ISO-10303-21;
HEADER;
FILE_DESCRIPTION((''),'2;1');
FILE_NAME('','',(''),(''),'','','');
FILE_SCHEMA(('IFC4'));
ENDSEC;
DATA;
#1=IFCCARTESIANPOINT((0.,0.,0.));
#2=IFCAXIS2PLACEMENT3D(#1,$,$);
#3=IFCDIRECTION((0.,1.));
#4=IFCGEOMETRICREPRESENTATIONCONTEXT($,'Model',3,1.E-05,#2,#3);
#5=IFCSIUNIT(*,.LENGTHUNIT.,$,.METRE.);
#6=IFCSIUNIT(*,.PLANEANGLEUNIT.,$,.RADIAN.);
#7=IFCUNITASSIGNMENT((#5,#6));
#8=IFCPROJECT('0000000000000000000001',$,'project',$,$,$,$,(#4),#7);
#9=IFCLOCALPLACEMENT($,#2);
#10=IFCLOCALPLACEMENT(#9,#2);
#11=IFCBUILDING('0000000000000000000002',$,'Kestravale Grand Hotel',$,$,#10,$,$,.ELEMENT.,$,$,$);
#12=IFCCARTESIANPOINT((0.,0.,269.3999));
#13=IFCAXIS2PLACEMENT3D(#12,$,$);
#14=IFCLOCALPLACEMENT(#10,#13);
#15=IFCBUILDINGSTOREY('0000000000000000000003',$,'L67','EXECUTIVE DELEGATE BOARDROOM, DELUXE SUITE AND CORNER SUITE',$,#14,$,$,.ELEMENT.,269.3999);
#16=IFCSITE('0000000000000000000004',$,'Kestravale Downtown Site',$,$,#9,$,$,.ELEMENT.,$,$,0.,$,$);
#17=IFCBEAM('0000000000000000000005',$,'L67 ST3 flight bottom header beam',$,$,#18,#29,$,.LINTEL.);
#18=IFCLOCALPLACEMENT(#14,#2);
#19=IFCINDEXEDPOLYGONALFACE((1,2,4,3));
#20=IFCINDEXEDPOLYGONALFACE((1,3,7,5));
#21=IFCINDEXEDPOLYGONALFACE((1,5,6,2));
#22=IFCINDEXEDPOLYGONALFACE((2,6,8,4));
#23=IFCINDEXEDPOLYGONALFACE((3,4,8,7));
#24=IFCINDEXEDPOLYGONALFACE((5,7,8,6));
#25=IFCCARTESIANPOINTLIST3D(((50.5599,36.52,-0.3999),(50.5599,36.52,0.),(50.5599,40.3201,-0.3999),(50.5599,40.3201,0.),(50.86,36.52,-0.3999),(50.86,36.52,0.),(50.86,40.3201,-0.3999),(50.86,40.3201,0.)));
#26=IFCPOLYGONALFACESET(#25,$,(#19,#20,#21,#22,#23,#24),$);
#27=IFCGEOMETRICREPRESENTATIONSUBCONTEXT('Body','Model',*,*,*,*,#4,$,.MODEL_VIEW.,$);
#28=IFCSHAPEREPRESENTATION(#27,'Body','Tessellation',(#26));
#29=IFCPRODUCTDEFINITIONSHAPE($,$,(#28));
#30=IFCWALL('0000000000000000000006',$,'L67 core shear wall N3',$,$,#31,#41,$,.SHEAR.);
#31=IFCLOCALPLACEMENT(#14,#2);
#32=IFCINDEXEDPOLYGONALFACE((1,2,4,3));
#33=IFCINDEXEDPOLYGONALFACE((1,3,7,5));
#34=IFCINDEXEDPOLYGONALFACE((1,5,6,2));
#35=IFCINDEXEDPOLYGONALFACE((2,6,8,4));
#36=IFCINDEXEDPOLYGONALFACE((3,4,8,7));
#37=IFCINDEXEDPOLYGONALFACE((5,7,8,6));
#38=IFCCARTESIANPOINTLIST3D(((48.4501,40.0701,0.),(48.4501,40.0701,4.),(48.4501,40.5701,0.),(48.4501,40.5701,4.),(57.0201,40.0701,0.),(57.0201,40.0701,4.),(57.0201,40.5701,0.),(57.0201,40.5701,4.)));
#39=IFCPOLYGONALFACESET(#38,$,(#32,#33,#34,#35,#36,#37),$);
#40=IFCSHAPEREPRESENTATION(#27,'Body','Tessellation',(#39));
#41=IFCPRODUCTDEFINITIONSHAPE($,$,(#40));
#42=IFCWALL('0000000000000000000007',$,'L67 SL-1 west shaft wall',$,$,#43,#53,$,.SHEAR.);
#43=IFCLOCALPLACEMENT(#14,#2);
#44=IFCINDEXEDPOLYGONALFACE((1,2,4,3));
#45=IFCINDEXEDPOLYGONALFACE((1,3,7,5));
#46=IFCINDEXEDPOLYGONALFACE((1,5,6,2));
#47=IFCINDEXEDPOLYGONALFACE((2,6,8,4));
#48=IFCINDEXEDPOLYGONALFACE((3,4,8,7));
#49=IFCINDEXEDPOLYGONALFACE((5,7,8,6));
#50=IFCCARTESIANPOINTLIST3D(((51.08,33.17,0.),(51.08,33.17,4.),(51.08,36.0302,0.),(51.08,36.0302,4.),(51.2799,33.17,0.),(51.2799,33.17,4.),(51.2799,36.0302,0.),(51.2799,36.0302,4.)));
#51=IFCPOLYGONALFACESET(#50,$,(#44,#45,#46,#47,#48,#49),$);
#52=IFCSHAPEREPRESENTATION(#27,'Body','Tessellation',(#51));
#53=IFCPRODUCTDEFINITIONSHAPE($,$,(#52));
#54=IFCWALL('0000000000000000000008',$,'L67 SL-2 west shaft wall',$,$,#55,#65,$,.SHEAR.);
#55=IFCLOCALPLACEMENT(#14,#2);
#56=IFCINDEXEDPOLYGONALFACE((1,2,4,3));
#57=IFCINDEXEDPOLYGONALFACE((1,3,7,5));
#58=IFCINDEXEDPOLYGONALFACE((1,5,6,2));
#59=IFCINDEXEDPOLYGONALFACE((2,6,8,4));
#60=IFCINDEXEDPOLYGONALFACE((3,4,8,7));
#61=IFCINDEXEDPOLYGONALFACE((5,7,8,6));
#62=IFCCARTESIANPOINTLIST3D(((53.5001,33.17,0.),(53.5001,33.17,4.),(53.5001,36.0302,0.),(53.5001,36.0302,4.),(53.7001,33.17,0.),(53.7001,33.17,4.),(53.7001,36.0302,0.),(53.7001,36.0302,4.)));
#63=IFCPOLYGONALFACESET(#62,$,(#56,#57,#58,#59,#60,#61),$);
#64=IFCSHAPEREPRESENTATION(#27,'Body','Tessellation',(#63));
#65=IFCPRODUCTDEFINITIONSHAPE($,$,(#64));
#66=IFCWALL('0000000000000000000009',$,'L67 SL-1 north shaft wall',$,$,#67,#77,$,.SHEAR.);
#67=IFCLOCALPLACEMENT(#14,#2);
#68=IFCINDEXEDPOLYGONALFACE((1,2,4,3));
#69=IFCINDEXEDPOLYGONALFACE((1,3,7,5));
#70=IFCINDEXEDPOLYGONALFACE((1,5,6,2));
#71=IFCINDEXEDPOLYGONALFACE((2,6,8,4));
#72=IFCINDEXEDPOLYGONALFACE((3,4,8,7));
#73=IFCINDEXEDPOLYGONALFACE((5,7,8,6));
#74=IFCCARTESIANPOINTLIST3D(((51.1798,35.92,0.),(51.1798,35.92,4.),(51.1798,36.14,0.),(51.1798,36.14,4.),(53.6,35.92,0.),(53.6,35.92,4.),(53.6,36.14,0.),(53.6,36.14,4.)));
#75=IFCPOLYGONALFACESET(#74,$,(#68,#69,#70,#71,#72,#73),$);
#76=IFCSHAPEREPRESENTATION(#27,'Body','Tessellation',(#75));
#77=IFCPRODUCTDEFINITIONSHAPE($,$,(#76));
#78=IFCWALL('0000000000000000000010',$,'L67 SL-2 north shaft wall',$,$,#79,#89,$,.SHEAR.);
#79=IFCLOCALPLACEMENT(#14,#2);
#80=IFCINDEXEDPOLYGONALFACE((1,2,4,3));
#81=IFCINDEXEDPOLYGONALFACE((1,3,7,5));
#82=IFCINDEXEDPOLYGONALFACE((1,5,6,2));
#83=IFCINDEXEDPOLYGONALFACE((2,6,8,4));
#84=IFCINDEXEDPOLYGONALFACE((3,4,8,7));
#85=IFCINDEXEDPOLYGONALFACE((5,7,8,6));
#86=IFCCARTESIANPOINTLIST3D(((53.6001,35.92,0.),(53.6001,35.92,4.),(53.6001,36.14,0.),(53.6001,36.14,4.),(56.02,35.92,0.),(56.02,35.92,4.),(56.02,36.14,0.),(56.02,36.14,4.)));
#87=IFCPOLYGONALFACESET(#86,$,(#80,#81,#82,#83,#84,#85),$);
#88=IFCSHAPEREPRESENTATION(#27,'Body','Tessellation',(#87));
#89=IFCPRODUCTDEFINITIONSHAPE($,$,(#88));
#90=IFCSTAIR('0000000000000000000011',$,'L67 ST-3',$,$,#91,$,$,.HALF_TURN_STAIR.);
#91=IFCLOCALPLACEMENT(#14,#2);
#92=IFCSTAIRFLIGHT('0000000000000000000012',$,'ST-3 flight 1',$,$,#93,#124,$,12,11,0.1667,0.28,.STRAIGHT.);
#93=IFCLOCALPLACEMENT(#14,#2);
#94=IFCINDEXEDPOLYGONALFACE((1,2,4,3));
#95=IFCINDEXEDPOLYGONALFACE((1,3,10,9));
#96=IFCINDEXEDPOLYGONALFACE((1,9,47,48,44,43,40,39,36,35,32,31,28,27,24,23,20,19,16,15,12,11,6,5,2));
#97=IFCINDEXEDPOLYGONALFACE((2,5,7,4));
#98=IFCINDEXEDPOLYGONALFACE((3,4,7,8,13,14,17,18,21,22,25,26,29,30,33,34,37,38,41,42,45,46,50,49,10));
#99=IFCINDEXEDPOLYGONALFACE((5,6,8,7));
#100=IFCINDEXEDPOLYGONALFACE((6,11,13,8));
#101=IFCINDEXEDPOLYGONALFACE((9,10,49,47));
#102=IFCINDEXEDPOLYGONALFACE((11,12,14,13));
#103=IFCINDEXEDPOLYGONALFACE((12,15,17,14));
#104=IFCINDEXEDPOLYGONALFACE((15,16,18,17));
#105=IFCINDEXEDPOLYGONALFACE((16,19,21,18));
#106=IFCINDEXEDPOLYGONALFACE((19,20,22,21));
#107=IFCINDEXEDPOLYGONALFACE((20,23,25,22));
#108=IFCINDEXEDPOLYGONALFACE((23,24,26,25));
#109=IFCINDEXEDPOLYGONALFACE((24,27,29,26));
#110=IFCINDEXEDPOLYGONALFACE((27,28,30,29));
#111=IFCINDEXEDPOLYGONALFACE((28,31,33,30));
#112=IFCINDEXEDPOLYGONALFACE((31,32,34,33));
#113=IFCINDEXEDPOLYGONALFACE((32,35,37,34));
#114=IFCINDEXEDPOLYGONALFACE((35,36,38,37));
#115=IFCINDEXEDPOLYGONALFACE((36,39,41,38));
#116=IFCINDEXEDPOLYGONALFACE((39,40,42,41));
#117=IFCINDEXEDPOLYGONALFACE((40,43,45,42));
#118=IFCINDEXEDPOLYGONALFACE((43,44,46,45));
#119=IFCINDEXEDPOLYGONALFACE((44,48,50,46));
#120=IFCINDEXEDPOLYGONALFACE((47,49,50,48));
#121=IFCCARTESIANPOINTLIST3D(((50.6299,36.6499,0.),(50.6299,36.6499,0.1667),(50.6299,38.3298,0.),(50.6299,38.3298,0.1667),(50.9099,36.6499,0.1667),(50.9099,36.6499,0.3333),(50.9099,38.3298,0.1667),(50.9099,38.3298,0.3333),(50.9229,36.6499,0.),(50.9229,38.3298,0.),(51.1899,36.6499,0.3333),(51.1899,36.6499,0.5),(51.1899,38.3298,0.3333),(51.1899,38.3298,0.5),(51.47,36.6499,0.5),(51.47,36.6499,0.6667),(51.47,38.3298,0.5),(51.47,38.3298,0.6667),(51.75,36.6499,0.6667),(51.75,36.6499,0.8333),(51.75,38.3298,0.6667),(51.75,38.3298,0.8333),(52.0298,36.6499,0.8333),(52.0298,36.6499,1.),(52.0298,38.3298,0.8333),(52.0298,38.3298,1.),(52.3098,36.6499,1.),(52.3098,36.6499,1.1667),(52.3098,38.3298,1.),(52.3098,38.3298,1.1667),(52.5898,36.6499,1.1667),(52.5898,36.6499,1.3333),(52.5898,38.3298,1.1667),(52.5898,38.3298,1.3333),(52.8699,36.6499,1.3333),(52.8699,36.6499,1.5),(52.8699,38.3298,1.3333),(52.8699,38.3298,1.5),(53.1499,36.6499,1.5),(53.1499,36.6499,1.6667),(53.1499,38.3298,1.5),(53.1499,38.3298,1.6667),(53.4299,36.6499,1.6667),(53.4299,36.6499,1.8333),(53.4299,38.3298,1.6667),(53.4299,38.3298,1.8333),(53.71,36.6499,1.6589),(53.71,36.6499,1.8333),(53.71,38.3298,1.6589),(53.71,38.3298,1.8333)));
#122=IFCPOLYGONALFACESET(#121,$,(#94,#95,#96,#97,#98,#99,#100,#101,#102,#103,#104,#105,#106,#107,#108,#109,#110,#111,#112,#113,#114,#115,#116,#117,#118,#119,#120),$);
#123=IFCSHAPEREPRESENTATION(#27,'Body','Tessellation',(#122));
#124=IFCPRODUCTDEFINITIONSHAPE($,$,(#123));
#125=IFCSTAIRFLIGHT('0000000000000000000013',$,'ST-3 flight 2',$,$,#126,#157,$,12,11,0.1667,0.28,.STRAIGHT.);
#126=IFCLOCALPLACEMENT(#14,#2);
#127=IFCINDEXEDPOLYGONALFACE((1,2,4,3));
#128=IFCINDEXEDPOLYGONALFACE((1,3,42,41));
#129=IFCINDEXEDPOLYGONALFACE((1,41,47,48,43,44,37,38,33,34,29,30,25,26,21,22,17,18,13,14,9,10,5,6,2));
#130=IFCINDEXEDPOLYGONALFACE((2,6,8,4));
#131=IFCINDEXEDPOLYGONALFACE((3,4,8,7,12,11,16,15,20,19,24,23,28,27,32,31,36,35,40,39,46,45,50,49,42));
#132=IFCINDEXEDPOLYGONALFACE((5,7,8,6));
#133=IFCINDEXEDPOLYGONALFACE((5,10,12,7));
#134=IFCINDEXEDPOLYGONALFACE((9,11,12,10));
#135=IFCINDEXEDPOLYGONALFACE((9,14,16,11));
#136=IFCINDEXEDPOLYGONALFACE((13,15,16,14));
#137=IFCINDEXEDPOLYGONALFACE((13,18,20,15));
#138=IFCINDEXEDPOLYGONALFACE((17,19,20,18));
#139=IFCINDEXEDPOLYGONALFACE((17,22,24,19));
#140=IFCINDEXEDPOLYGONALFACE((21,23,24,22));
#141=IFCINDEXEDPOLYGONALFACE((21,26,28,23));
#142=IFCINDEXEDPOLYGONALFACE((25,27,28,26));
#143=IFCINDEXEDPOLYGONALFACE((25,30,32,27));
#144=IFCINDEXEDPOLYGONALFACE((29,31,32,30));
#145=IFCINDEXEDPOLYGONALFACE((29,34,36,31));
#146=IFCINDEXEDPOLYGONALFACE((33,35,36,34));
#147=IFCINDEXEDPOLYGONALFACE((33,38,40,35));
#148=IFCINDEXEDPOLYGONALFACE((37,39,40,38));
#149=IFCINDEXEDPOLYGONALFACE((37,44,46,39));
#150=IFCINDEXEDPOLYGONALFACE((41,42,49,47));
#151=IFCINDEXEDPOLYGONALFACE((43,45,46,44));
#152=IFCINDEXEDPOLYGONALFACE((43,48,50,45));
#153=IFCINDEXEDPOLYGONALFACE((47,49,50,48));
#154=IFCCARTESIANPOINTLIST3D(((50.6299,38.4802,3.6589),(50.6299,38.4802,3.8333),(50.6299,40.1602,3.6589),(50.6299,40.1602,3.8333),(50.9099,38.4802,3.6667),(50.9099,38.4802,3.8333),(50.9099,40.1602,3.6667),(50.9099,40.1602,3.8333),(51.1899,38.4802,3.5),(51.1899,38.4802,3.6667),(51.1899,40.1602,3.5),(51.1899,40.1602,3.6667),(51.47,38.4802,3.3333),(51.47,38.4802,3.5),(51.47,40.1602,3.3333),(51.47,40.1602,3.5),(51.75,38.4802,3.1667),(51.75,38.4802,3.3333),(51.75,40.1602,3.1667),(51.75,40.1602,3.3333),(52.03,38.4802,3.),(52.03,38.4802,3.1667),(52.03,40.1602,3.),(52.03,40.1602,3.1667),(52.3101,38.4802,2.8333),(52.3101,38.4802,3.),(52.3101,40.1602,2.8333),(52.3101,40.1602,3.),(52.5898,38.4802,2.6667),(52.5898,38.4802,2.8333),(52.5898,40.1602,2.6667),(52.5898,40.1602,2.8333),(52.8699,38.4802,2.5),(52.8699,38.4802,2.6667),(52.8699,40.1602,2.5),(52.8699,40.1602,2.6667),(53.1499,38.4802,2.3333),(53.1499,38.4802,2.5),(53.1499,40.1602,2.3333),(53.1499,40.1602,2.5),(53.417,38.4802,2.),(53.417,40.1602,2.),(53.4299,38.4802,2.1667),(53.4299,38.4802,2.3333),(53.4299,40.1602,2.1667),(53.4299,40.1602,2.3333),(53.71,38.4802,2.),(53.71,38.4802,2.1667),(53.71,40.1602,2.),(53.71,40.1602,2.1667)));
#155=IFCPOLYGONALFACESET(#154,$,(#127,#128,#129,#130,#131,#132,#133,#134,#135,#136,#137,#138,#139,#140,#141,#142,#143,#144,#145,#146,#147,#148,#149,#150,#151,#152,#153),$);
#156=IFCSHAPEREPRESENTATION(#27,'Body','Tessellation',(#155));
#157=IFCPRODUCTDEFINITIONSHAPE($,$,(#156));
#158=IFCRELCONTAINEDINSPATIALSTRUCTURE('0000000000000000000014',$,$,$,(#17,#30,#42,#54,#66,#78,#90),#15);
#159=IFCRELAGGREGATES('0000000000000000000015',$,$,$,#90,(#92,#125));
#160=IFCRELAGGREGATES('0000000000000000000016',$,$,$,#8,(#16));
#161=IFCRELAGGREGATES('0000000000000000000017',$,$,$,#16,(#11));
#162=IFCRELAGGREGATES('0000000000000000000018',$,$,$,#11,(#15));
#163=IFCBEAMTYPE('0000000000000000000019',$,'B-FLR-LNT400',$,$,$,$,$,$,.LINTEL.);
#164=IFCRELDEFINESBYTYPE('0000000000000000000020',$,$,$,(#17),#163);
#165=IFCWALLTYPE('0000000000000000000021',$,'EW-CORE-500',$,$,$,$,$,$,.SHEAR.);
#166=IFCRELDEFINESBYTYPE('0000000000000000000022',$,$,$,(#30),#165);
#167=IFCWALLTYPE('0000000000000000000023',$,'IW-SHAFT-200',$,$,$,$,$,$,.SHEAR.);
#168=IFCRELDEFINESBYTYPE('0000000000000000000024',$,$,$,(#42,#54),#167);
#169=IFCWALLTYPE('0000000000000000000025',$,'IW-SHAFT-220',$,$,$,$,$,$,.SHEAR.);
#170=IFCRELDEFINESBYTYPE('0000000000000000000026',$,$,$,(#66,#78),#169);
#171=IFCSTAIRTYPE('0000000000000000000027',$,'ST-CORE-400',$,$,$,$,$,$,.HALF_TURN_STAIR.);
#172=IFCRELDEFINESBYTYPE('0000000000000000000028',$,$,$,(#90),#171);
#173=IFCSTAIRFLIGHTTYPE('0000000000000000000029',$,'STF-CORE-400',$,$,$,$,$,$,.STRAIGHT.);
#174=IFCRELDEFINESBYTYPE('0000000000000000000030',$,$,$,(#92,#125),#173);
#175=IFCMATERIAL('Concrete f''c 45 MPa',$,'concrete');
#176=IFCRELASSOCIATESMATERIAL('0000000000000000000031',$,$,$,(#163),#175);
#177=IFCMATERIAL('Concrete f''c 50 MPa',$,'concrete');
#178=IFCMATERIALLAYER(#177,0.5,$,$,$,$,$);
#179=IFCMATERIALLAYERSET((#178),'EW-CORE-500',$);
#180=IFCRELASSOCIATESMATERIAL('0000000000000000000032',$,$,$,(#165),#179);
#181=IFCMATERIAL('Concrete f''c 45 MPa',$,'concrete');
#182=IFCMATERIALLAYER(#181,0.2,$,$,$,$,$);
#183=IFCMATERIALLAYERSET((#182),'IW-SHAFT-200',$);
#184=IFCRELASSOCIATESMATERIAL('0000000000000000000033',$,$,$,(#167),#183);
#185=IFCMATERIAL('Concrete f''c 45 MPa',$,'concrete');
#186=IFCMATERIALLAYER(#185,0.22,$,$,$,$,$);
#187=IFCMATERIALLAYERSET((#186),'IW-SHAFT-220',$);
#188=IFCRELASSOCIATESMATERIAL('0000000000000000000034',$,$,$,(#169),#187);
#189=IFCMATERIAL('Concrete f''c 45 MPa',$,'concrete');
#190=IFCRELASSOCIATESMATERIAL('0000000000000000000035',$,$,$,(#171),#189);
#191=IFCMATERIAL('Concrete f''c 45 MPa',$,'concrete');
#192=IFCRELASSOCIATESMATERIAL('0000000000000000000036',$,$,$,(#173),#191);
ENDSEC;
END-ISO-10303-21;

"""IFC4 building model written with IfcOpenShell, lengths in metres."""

from ifc_helpers import new_model, si_unit, direction, frame, frame_2d, origin, origin_2d, place, context, subcontext, project, spatial, polyline, rectangle, outline, extrude, material, layer, layer_set, material_profile, profile_set, type_object, element, aggregate, save


model = new_model("IFC4")

# Units and contexts
model_context = context("Model", 3, precision=1e-05, world=origin(), true_north=direction((0.0, 1.0)))
body_context = subcontext(model_context, "Body", "Model", "MODEL_VIEW")
ifc_project = project(units=[si_unit("LENGTHUNIT", "METRE"), si_unit("PLANEANGLEUNIT", "RADIAN")], contexts=[model_context])

# Site, building, storey
site_placement = place(None, origin())
site = spatial("IfcSite", under=ifc_project, at=site_placement, Name="Kestravale Downtown Site", CompositionType="ELEMENT", RefElevation=0.0)
building_placement = place(site_placement, origin())
building = spatial("IfcBuilding", under=site, at=building_placement, Name="Kestravale Grand Hotel", CompositionType="ELEMENT")
storey_placement = place(building_placement, frame((0.0, 0.0, 269.3999)))
storey = spatial("IfcBuildingStorey", under=building, at=storey_placement, Name="L67", Description="EXECUTIVE DELEGATE BOARDROOM, DELUXE SUITE AND CORNER SUITE", CompositionType="ELEMENT", Elevation=269.3999)

# Beam
ifc_material_1 = material(Name="Concrete f'c 45 MPa", Category="concrete")
ifc_material_profile = material_profile(ifc_material_1, rectangle(XDim=0.3, YDim=0.3999, at=origin_2d()))
ifc_profile_set = profile_set([ifc_material_profile], Name="Concrete f'c 45 MPa")
beam_type = type_object("IfcBeamType", Name="B-FLR-LNT400", PredefinedType="LINTEL", material=ifc_profile_set)
beam_placement = place(storey_placement, frame((50.71, 36.52, -0.2), z_axis=(0.0, 1.0, 0.0), x_axis=(-1.0, 0.0, 0.0)))
element("IfcBeam", 1, at=beam_placement, inside=storey, type_object=beam_type, Name="L67 ST3 flight bottom header beam", PredefinedType="LINTEL", context=body_context, shape_type="SweptSolid", body=[
    extrude(rectangle(XDim=0.3, YDim=0.3999, at=origin_2d()), origin(), (0.0, 0.0, 1.0), 3.8),
])

# Walls
ifc_material_2 = material(Name="Concrete f'c 50 MPa", Category="concrete")
ifc_layer_1 = layer(ifc_material_2, 0.5)
ifc_layer_set_1 = layer_set([ifc_layer_1], Name="EW-CORE-500")
wall_type_1 = type_object("IfcWallType", Name="EW-CORE-500", PredefinedType="SHEAR", material=ifc_layer_set_1)
wall_1_placement = place(storey_placement, frame((48.45, 40.3201, 0.0), z_axis=(0.0, 0.0, 1.0), x_axis=(1.0, 0.0, 0.0)))
element("IfcWall", 2, at=wall_1_placement, inside=storey, type_object=wall_type_1, Name="L67 core shear wall N3", PredefinedType="SHEAR", context=body_context, shape_type="SweptSolid", body=[
    extrude(rectangle(XDim=8.5701, YDim=0.5, at=frame_2d((4.2852, 0.0))), origin(), (0.0, 0.0, 1.0), 4.0),
])
ifc_material_3 = material(Name="Concrete f'c 45 MPa", Category="concrete")
ifc_layer_2 = layer(ifc_material_3, 0.2)
ifc_layer_set_2 = layer_set([ifc_layer_2], Name="IW-SHAFT-200")
wall_type_2 = type_object("IfcWallType", Name="IW-SHAFT-200", PredefinedType="SHEAR", material=ifc_layer_set_2)
for number, where, z_axis, x_axis, name in (
    (3, (51.1799, 33.1699, 0.0), (0.0, 0.0, 1.0), (0.0, 1.0, 0.0), "L67 SL-1 west shaft wall"),
    (4, (53.6001, 33.1699, 0.0), (0.0, 0.0, 1.0), (0.0, 1.0, 0.0), "L67 SL-2 west shaft wall"),
):
    element("IfcWall", number, at=place(storey_placement, frame(where, z_axis=z_axis, x_axis=x_axis)), inside=storey, type_object=wall_type_2, Name=name, PredefinedType="SHEAR", context=body_context, shape_type="SweptSolid", body=[
        extrude(rectangle(XDim=2.8601, YDim=0.2, at=frame_2d((1.4302, 0.0))), origin(), (0.0, 0.0, 1.0), 4.0),
    ])
ifc_material_4 = material(Name="Concrete f'c 45 MPa", Category="concrete")
ifc_layer_3 = layer(ifc_material_4, 0.22)
ifc_layer_set_3 = layer_set([ifc_layer_3], Name="IW-SHAFT-220")
wall_type_3 = type_object("IfcWallType", Name="IW-SHAFT-220", PredefinedType="SHEAR", material=ifc_layer_set_3)
wall_2_placement = place(storey_placement, frame((51.1799, 36.03, 0.0), z_axis=(0.0, 0.0, 1.0), x_axis=(1.0, 0.0, 0.0)))
element("IfcWall", 5, at=wall_2_placement, inside=storey, type_object=wall_type_3, Name="L67 SL-1 north shaft wall", PredefinedType="SHEAR", context=body_context, shape_type="SweptSolid", body=[
    extrude(rectangle(XDim=2.4202, YDim=0.22, at=frame_2d((1.21, 0.0))), origin(), (0.0, 0.0, 1.0), 4.0),
])

# Wall
wall_3_placement = place(storey_placement, frame((53.6001, 36.03, 0.0), z_axis=(0.0, 0.0, 1.0), x_axis=(1.0, 0.0, 0.0)))
element("IfcWall", 6, at=wall_3_placement, inside=storey, type_object=wall_type_3, Name="L67 SL-2 north shaft wall", PredefinedType="SHEAR", context=body_context, shape_type="SweptSolid", body=[
    extrude(rectangle(XDim=2.4199, YDim=0.22, at=frame_2d((1.21, 0.0))), origin(), (0.0, 0.0, 1.0), 4.0),
])

# Stair, stair flights
ifc_material_5 = material(Name="Concrete f'c 45 MPa", Category="concrete")
stair_type = type_object("IfcStairType", Name="ST-CORE-400", PredefinedType="HALF_TURN_STAIR", material=ifc_material_5)
stair_placement = place(storey_placement, origin())
stair = element("IfcStair", 7, at=stair_placement, inside=storey, type_object=stair_type, Name="L67 ST-3", PredefinedType="HALF_TURN_STAIR")
ifc_material_6 = material(Name="Concrete f'c 45 MPa", Category="concrete")
stair_flight_type = type_object("IfcStairFlightType", Name="STF-CORE-400", PredefinedType="STRAIGHT", material=ifc_material_6)
stair_flight_1_placement = place(storey_placement, frame((50.6299, 37.49, 0.0), z_axis=(0.0, 0.0, 1.0), x_axis=(1.0, 0.0, 0.0)))
stair_flight_1 = element("IfcStairFlight", 8, at=stair_flight_1_placement, type_object=stair_flight_type, Name="ST-3 flight 1", NumberOfRisers=12, NumberOfTreads=11, PredefinedType="STRAIGHT", RiserHeight=0.1667, TreadLength=0.28, context=body_context, shape_type="SweptSolid", body=[
    extrude(outline(polyline([(0.0, 0.0), (0.0, 0.1667), (0.28, 0.1667), (0.28, 0.3333), (0.5601, 0.3333), (0.5601, 0.5), (0.8401, 0.5), (0.8401, 0.6667), (1.1201, 0.6667), (1.1201, 0.8333), (1.3999, 0.8333), (1.3999, 1.0), (1.6799, 1.0), (1.6799, 1.1667), (1.96, 1.1667), (1.96, 1.3333), (2.24, 1.3333), (2.24, 1.5), (2.52, 1.5), (2.52, 1.6667), (2.8, 1.6667), (2.8, 1.8333), (3.0801, 1.8333), (3.0801, 2.0), (3.0801, 1.6589), (0.293, 0.0), (0.0, 0.0)])), frame((0.0, 0.8398, 0.0), z_axis=(0.0, -1.0, 0.0), x_axis=(1.0, 0.0, 0.0)), (0.0, 0.0, 1.0), 1.6799),
])
stair_flight_2_placement = place(storey_placement, frame((53.71, 39.3201, 2.0), z_axis=(0.0, 0.0, 1.0), x_axis=(-1.0, 0.0, 0.0)))
stair_flight_2 = element("IfcStairFlight", 9, at=stair_flight_2_placement, type_object=stair_flight_type, Name="ST-3 flight 2", NumberOfRisers=12, NumberOfTreads=11, PredefinedType="STRAIGHT", RiserHeight=0.1667, TreadLength=0.28, context=body_context, shape_type="SweptSolid", body=[
    extrude(outline(polyline([(0.0, 0.0), (0.0, 0.1667), (0.28, 0.1667), (0.28, 0.3333), (0.5601, 0.3333), (0.5601, 0.5), (0.8401, 0.5), (0.8401, 0.6667), (1.1201, 0.6667), (1.1201, 0.8333), (1.3999, 0.8333), (1.3999, 1.0), (1.6799, 1.0), (1.6799, 1.1667), (1.96, 1.1667), (1.96, 1.3333), (2.24, 1.3333), (2.24, 1.5), (2.52, 1.5), (2.52, 1.6667), (2.8, 1.6667), (2.8, 1.8333), (3.0801, 1.8333), (3.0801, 2.0), (3.0801, 1.6589), (0.293, 0.0), (0.0, 0.0)])), frame((0.0, 0.8398, 0.0), z_axis=(0.0, -1.0, 0.0), x_axis=(1.0, 0.0, 0.0)), (0.0, 0.0, 1.0), 1.6799),
])
aggregate(stair, [stair_flight_1, stair_flight_2])

save(model, "model.ifc")
